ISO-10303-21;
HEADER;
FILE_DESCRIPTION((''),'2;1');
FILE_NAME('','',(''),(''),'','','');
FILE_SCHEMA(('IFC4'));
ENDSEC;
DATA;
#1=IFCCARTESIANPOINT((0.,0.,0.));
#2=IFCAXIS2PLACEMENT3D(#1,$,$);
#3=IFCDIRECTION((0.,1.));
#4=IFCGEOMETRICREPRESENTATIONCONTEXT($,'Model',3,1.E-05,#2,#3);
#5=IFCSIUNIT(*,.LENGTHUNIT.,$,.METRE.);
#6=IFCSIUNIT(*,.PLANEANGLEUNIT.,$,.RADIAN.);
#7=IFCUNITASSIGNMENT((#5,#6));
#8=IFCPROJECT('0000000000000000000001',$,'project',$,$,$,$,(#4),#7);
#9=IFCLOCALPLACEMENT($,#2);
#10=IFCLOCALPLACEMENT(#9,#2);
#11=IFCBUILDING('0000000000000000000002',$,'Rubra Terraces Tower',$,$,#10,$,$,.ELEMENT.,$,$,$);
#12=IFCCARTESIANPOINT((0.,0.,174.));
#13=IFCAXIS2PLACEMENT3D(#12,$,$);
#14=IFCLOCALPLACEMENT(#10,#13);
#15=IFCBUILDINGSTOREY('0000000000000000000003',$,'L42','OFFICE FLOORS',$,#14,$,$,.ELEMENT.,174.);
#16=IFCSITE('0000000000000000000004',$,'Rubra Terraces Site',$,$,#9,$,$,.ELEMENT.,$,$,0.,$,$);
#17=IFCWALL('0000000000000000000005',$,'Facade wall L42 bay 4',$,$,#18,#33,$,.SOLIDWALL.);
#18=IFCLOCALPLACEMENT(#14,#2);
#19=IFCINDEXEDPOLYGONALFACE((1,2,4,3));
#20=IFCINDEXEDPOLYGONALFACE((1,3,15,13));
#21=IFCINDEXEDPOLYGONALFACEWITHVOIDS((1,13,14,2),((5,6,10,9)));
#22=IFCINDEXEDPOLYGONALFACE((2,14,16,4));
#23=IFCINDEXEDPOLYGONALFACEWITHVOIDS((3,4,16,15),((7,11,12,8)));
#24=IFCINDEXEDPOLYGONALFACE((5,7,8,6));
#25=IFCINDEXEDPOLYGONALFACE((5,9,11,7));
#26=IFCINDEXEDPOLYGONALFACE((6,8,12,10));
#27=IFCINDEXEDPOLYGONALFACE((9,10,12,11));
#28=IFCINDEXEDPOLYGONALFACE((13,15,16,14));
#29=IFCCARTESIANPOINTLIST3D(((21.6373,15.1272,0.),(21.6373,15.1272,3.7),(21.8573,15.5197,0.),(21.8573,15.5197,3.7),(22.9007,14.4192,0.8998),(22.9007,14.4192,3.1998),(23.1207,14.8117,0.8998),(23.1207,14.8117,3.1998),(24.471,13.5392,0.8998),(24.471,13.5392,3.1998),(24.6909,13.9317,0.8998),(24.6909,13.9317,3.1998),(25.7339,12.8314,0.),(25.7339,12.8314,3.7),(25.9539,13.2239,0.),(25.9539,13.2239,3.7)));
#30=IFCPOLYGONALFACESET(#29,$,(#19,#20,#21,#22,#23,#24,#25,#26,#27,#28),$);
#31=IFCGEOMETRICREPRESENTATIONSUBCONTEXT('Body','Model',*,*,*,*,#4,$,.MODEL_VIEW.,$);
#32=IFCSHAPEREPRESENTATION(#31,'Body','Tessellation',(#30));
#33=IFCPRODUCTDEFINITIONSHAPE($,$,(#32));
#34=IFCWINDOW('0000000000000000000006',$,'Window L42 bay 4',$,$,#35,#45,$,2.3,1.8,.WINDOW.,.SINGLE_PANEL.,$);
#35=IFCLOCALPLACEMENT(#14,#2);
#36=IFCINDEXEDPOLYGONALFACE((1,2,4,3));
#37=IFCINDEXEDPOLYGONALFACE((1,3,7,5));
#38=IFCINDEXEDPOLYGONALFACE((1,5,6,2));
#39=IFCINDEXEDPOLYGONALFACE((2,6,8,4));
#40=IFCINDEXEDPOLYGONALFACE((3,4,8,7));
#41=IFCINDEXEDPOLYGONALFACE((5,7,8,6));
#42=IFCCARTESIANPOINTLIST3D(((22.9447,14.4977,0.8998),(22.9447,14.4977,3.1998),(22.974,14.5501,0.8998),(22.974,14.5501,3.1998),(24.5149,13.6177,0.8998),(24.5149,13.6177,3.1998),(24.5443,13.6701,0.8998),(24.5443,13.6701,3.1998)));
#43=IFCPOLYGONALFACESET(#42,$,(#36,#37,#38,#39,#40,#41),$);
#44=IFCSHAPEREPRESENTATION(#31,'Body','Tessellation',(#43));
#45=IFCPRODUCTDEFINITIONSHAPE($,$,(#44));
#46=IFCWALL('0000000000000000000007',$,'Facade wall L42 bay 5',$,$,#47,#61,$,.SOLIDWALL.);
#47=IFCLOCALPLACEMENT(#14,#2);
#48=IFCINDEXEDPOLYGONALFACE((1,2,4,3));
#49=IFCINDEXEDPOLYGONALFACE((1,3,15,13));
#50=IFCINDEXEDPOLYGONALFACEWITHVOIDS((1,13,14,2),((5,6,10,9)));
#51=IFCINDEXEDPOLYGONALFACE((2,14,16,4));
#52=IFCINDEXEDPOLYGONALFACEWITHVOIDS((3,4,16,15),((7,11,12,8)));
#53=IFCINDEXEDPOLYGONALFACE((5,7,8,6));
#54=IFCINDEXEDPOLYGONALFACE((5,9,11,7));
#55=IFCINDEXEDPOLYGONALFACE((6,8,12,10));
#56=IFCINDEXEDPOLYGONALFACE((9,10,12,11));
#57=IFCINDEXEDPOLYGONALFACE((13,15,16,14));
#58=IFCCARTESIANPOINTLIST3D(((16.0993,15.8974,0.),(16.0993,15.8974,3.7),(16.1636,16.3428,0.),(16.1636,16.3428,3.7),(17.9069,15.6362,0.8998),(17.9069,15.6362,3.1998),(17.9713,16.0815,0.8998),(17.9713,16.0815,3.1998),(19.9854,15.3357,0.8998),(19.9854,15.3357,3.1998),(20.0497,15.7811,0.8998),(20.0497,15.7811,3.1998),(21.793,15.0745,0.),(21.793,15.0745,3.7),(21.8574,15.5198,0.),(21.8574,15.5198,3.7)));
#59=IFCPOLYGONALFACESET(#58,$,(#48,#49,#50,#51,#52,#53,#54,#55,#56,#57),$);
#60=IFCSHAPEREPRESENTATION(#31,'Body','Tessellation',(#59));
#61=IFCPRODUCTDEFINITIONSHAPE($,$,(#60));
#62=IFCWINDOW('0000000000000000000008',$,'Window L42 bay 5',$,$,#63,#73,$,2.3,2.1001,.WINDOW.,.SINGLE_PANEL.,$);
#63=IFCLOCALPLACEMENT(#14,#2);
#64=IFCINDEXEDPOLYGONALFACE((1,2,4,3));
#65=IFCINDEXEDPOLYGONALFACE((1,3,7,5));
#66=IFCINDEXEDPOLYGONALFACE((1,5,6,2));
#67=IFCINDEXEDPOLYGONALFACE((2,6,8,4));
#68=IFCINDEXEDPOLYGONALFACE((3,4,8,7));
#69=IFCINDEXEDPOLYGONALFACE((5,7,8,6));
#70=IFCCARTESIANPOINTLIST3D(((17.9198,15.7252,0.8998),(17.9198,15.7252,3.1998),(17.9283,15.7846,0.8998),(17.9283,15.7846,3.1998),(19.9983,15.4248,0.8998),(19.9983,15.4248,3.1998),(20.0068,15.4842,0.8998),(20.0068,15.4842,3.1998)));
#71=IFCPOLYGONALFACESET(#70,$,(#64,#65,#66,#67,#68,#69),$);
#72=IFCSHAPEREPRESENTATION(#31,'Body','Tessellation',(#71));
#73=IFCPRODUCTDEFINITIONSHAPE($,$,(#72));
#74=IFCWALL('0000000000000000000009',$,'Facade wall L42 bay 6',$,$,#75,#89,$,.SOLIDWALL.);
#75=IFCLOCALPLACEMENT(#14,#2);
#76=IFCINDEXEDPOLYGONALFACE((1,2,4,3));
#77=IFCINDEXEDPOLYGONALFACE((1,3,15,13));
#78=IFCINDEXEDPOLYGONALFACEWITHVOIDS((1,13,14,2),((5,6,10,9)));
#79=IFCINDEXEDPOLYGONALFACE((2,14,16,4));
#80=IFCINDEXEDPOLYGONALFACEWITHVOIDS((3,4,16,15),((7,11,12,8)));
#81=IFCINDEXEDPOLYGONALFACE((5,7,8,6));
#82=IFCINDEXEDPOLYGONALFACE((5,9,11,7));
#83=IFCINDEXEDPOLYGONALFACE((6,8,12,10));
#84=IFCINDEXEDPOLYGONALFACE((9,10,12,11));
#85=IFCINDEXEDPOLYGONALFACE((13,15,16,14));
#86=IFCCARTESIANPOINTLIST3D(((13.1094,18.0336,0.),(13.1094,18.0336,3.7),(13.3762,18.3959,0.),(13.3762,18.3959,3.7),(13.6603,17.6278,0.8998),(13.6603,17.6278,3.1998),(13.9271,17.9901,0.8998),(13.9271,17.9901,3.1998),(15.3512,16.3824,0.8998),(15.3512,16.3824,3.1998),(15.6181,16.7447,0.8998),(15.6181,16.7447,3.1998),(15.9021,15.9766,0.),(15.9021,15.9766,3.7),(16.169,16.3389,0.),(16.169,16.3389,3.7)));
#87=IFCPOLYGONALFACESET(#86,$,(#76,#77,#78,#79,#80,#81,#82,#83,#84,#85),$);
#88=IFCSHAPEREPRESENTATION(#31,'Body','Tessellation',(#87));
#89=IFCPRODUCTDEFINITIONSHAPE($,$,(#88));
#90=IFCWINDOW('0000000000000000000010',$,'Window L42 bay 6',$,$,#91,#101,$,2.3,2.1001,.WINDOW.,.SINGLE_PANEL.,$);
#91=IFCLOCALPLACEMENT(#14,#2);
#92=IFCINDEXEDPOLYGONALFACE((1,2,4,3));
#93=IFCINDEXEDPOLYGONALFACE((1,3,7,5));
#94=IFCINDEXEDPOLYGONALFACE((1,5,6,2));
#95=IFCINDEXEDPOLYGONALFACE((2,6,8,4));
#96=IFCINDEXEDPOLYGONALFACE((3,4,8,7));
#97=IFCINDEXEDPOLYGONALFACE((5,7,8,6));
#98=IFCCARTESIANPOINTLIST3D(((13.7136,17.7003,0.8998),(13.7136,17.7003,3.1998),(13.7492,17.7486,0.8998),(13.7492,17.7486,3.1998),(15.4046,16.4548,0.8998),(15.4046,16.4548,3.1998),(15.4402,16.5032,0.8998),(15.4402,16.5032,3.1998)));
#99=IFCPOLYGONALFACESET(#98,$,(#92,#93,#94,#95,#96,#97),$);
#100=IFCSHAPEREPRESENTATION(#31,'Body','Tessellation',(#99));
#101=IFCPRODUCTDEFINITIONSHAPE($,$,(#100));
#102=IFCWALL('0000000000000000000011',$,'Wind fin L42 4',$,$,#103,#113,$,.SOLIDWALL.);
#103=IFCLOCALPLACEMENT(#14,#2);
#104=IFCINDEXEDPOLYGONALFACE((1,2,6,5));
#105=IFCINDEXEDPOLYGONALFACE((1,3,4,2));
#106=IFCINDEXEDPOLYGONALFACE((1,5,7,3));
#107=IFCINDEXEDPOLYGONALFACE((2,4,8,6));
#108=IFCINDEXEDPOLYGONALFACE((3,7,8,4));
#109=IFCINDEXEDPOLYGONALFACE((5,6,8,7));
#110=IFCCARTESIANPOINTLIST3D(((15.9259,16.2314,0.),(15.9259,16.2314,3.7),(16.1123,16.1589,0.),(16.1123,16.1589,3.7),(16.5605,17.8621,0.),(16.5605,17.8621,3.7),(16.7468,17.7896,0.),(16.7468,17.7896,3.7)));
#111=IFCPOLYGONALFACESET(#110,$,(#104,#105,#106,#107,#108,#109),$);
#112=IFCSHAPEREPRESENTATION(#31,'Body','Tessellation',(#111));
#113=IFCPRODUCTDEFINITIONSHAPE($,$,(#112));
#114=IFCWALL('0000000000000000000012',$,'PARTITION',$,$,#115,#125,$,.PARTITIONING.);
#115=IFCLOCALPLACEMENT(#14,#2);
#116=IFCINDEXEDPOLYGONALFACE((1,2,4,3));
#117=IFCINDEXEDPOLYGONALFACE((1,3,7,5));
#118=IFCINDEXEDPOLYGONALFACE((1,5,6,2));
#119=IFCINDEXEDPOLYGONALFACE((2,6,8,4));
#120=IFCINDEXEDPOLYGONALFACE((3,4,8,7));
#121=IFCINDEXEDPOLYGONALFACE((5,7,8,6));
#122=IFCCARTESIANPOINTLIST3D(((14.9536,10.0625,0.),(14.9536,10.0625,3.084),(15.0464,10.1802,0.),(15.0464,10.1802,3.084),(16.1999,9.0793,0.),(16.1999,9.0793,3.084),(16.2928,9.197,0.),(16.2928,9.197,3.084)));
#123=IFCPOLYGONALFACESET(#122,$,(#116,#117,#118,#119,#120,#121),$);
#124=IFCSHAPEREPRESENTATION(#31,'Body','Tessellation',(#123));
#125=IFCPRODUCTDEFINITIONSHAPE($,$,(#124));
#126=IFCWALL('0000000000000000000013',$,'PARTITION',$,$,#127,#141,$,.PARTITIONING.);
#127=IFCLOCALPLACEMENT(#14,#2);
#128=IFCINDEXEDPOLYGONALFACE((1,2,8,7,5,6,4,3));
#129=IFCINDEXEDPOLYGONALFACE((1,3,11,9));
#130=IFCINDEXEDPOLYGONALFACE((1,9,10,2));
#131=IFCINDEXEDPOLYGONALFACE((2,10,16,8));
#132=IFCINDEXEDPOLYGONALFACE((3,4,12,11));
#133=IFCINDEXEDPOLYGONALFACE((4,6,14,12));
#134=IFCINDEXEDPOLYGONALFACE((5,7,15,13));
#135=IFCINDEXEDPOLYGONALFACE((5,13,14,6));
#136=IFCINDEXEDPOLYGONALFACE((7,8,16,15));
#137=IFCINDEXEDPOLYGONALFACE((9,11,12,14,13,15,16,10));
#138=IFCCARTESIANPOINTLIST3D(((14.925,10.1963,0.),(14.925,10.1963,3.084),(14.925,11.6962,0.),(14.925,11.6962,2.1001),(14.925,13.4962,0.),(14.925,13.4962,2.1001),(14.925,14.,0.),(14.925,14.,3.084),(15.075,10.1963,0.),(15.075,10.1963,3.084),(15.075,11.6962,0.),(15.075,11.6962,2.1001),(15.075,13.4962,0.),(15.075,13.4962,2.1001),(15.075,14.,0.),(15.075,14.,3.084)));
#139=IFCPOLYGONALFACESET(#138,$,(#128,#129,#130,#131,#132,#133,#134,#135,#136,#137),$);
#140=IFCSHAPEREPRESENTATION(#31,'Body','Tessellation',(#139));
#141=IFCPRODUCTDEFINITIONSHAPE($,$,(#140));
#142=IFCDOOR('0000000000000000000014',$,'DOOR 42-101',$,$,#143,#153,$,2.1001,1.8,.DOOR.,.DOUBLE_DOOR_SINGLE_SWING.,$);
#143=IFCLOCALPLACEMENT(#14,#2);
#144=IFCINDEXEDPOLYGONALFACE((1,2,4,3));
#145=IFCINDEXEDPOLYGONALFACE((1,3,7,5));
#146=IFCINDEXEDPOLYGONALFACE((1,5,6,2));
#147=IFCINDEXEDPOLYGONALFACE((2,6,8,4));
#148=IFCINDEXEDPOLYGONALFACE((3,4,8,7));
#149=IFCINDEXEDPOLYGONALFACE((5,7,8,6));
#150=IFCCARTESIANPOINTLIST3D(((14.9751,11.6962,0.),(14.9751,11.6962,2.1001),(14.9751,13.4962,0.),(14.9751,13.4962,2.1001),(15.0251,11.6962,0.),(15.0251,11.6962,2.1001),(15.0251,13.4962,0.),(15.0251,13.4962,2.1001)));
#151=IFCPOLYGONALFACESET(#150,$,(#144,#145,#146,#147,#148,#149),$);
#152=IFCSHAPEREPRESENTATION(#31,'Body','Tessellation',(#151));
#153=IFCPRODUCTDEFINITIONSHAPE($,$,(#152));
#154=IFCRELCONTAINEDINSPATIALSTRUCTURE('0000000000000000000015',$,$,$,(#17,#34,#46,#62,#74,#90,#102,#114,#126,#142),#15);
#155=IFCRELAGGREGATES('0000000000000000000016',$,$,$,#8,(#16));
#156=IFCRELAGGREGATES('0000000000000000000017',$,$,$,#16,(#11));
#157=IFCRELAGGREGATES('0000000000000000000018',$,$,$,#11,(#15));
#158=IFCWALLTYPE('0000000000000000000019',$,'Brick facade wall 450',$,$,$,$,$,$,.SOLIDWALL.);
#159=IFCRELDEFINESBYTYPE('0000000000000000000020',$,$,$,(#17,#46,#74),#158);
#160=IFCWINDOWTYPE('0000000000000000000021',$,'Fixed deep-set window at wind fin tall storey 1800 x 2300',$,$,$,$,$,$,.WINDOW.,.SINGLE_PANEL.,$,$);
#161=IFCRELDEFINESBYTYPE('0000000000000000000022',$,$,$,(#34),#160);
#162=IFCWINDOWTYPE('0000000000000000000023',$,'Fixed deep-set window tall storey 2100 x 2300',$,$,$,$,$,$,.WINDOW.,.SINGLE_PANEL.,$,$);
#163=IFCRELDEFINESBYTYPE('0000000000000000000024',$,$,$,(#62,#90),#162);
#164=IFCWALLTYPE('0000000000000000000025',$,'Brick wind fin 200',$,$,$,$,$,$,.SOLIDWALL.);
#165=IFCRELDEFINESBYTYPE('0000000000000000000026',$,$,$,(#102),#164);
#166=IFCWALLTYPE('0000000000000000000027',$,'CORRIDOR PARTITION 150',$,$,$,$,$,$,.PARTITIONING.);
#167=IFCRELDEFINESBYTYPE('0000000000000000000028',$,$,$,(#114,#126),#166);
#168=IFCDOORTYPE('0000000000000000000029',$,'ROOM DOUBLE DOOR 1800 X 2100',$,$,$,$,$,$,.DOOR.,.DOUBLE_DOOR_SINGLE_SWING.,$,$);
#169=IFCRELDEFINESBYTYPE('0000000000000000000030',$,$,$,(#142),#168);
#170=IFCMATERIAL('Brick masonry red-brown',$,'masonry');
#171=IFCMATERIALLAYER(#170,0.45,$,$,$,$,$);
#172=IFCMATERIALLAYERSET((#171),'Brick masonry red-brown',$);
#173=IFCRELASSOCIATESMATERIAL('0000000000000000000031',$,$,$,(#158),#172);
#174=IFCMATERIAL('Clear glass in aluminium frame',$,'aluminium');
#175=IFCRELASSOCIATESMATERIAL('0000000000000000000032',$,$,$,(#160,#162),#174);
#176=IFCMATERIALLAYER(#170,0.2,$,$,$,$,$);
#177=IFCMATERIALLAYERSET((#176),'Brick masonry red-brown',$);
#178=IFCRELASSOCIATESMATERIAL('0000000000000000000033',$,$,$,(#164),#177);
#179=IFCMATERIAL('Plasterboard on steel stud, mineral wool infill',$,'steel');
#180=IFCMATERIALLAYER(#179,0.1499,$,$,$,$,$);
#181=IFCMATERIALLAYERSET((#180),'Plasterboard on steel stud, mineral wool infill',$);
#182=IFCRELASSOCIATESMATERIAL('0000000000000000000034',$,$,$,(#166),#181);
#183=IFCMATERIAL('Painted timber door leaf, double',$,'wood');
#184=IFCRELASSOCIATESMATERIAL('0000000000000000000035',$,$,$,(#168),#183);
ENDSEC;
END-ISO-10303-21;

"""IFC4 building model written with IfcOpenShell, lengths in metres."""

from ifc_helpers import new_model, si_unit, direction, frame, frame_2d, origin, place, context, subcontext, project, spatial, rectangle, extrude, material, layer, layer_set, type_object, element, fill, save


model = new_model("IFC4")

# Units and contexts
model_context = context("Model", 3, precision=1e-05, world=origin(), true_north=direction((0.0, 1.0)))
body_context = subcontext(model_context, "Body", "Model", "MODEL_VIEW")
ifc_project = project(units=[si_unit("LENGTHUNIT", "METRE"), si_unit("PLANEANGLEUNIT", "RADIAN")], contexts=[model_context])

# Site, building, storey
site_placement = place(None, origin())
site = spatial("IfcSite", under=ifc_project, at=site_placement, Name="Rubra Terraces Site", CompositionType="ELEMENT", RefElevation=0.0)
building_placement = place(site_placement, origin())
building = spatial("IfcBuilding", under=site, at=building_placement, Name="Rubra Terraces Tower", CompositionType="ELEMENT")
storey_placement = place(building_placement, frame((0.0, 0.0, 174.0)))
storey = spatial("IfcBuildingStorey", under=building, at=storey_placement, Name="L42", Description="OFFICE FLOORS", CompositionType="ELEMENT", Elevation=174.0)

# Walls, openings, windows
ifc_material_1 = material(Name="Brick masonry red-brown", Category="masonry")
ifc_layer_1 = layer(ifc_material_1, 0.45)
ifc_layer_set_1 = layer_set([ifc_layer_1], Name="Brick masonry red-brown")
wall_type_1 = type_object("IfcWallType", Name="Brick facade wall 450", PredefinedType="SOLIDWALL", material=ifc_layer_set_1)
wall_1_placement = place(storey_placement, frame((25.844, 13.0276, 0.0), z_axis=(0.0, 0.0, 1.0), x_axis=(-0.872346, 0.488888, 0.0)))
wall_1 = element("IfcWall", 1, at=wall_1_placement, inside=storey, type_object=wall_type_1, Name="Facade wall L42 bay 4", PredefinedType="SOLIDWALL", context=body_context, shape_type="SweptSolid", body=[
    extrude(rectangle(XDim=4.696, YDim=0.45, at=frame_2d((2.3481, 0.0))), origin(), (0.0, 0.0, 1.0), 3.7),
])
opening_1_placement = place(wall_1_placement, frame((1.448, 0.0, 0.8999)))
opening_1 = element("IfcOpeningElement", 2, at=opening_1_placement, cuts=wall_1, PredefinedType="OPENING", context=body_context, shape_type="SweptSolid", body=[
    extrude(rectangle(XDim=1.8, YDim=2.3, at=frame_2d((0.8999, 1.1499))), frame((0.0, 0.2349, 0.0), z_axis=(0.0, -1.0, 0.0), x_axis=(1.0, 0.0, 0.0)), (0.0, 0.0, 1.0), 0.47),
])
ifc_material_2 = material(Name="Clear glass in aluminium frame", Category="aluminium")
window_type_1 = type_object("IfcWindowType", Name="Fixed deep-set window at wind fin tall storey 1800 x 2300", PartitioningType="SINGLE_PANEL", PredefinedType="WINDOW", material=ifc_material_2)
window_1_placement = place(opening_1_placement, origin())
window_1 = element("IfcWindow", 3, at=window_1_placement, inside=storey, type_object=window_type_1, Name="Window L42 bay 4", OverallHeight=2.3, OverallWidth=1.8, PartitioningType="SINGLE_PANEL", PredefinedType="WINDOW", context=body_context, shape_type="SweptSolid", body=[
    extrude(rectangle(XDim=1.8, YDim=2.3, at=frame_2d((0.8999, 1.1499))), frame((0.0, 0.135, 0.0), z_axis=(0.0, -1.0, 0.0), x_axis=(1.0, 0.0, 0.0)), (0.0, 0.0, 1.0), 0.0601),
])
fill(opening_1, window_1)
wall_2_placement = place(storey_placement, frame((21.8252, 15.2971, 0.0), z_axis=(0.0, 0.0, 1.0), x_axis=(-0.989715, 0.143055, 0.0)))
wall_2 = element("IfcWall", 4, at=wall_2_placement, inside=storey, type_object=wall_type_1, Name="Facade wall L42 bay 5", PredefinedType="SOLIDWALL", context=body_context, shape_type="SweptSolid", body=[
    extrude(rectangle(XDim=5.7529, YDim=0.45, at=frame_2d((2.8765, 0.0))), origin(), (0.0, 0.0, 1.0), 3.7),
])
opening_2_placement = place(wall_2_placement, frame((1.8264, 0.0, 0.8999)))
opening_2 = element("IfcOpeningElement", 5, at=opening_2_placement, cuts=wall_2, PredefinedType="OPENING", context=body_context, shape_type="SweptSolid", body=[
    extrude(rectangle(XDim=2.1001, YDim=2.3, at=frame_2d((1.05, 1.1499))), frame((0.0, 0.2349, 0.0), z_axis=(0.0, -1.0, 0.0), x_axis=(1.0, 0.0, 0.0)), (0.0, 0.0, 1.0), 0.47),
])
window_type_2 = type_object("IfcWindowType", Name="Fixed deep-set window tall storey 2100 x 2300", PartitioningType="SINGLE_PANEL", PredefinedType="WINDOW", material=ifc_material_2)
window_2_placement = place(opening_2_placement, origin())
window_2 = element("IfcWindow", 6, at=window_2_placement, inside=storey, type_object=window_type_2, Name="Window L42 bay 5", OverallHeight=2.3, OverallWidth=2.1001, PartitioningType="SINGLE_PANEL", PredefinedType="WINDOW", context=body_context, shape_type="SweptSolid", body=[
    extrude(rectangle(XDim=2.1001, YDim=2.3, at=frame_2d((1.05, 1.1499))), frame((0.0, 0.135, 0.0), z_axis=(0.0, -1.0, 0.0), x_axis=(1.0, 0.0, 0.0)), (0.0, 0.0, 1.0), 0.0601),
])
fill(opening_2, window_2)
wall_3_placement = place(storey_placement, frame((16.0356, 16.1577, 0.0), z_axis=(0.0, 0.0, 1.0), x_axis=(-0.805181, 0.593029, 0.0)))
wall_3 = element("IfcWall", 7, at=wall_3_placement, inside=storey, type_object=wall_type_1, Name="Facade wall L42 bay 6", PredefinedType="SOLIDWALL", context=body_context, shape_type="SweptSolid", body=[
    extrude(rectangle(XDim=3.4685, YDim=0.45, at=frame_2d((1.7344, 0.0))), origin(), (0.0, 0.0, 1.0), 3.7),
])
opening_3_placement = place(wall_3_placement, frame((0.6843, 0.0, 0.8999)))
opening_3 = element("IfcOpeningElement", 8, at=opening_3_placement, cuts=wall_3, PredefinedType="OPENING", context=body_context, shape_type="SweptSolid", body=[
    extrude(rectangle(XDim=2.1001, YDim=2.3, at=frame_2d((1.05, 1.1499))), frame((0.0, 0.2349, 0.0), z_axis=(0.0, -1.0, 0.0), x_axis=(1.0, 0.0, 0.0)), (0.0, 0.0, 1.0), 0.47),
])
window_3_placement = place(opening_3_placement, origin())
window_3 = element("IfcWindow", 9, at=window_3_placement, inside=storey, type_object=window_type_2, Name="Window L42 bay 6", OverallHeight=2.3, OverallWidth=2.1001, PartitioningType="SINGLE_PANEL", PredefinedType="WINDOW", context=body_context, shape_type="SweptSolid", body=[
    extrude(rectangle(XDim=2.1001, YDim=2.3, at=frame_2d((1.05, 1.1499))), frame((0.0, 0.135, 0.0), z_axis=(0.0, -1.0, 0.0), x_axis=(1.0, 0.0, 0.0)), (0.0, 0.0, 1.0), 0.0601),
])
fill(opening_3, window_3)

# Walls
ifc_layer_2 = layer(ifc_material_1, 0.2)
ifc_layer_set_2 = layer_set([ifc_layer_2], Name="Brick masonry red-brown")
wall_type_2 = type_object("IfcWallType", Name="Brick wind fin 200", PredefinedType="SOLIDWALL", material=ifc_layer_set_2)
wall_4_placement = place(storey_placement, frame((16.019, 16.1951, 0.0), z_axis=(0.0, 0.0, 1.0), x_axis=(0.362642, 0.931929, 0.0)))
element("IfcWall", 10, at=wall_4_placement, inside=storey, type_object=wall_type_2, Name="Wind fin L42 4", PredefinedType="SOLIDWALL", context=body_context, shape_type="SweptSolid", body=[
    extrude(rectangle(XDim=1.7498, YDim=0.2, at=frame_2d((0.875, 0.0))), origin(), (0.0, 0.0, 1.0), 3.7),
])
ifc_material_3 = material(Name="Plasterboard on steel stud, mineral wool infill", Category="steel")
ifc_layer_3 = layer(ifc_material_3, 0.1499)
ifc_layer_set_3 = layer_set([ifc_layer_3], Name="Plasterboard on steel stud, mineral wool infill")
wall_type_3 = type_object("IfcWallType", Name="CORRIDOR PARTITION 150", PredefinedType="PARTITIONING", material=ifc_layer_set_3)
wall_5_placement = place(storey_placement, frame((16.2463, 9.1382, 0.0), z_axis=(0.0, 0.0, 1.0), x_axis=(-0.785127, 0.619335, 0.0)))
element("IfcWall", 11, at=wall_5_placement, inside=storey, type_object=wall_type_3, Name="PARTITION", PredefinedType="PARTITIONING", context=body_context, shape_type="SweptSolid", body=[
    extrude(rectangle(XDim=1.5874, YDim=0.1499, at=frame_2d((0.7937, 0.0))), origin(), (0.0, 0.0, 1.0), 3.084),
])

# Wall, opening, door
wall_6_placement = place(storey_placement, frame((15.0, 10.1963, 0.0), z_axis=(0.0, 0.0, 1.0), x_axis=(0.0, 1.0, 0.0)))
wall_6 = element("IfcWall", 12, at=wall_6_placement, inside=storey, type_object=wall_type_3, Name="PARTITION", PredefinedType="PARTITIONING", context=body_context, shape_type="SweptSolid", body=[
    extrude(rectangle(XDim=3.8037, YDim=0.1499, at=frame_2d((1.9019, 0.0))), origin(), (0.0, 0.0, 1.0), 3.084),
])
opening_4_placement = place(wall_6_placement, frame((1.5, 0.0, 0.0)))
opening_4 = element("IfcOpeningElement", 13, at=opening_4_placement, cuts=wall_6, PredefinedType="OPENING", context=body_context, shape_type="SweptSolid", body=[
    extrude(rectangle(XDim=1.8, YDim=2.1001, at=frame_2d((0.8999, 1.05))), frame((0.0, 0.085, 0.0), z_axis=(0.0, -1.0, 0.0), x_axis=(1.0, 0.0, 0.0)), (0.0, 0.0, 1.0), 0.1699),
])
ifc_material_4 = material(Name="Painted timber door leaf, double", Category="wood")
door_type_1 = type_object("IfcDoorType", Name="ROOM DOUBLE DOOR 1800 X 2100", OperationType="DOUBLE_DOOR_SINGLE_SWING", PredefinedType="DOOR", material=ifc_material_4)
door_1_placement = place(opening_4_placement, origin())
door_1 = element("IfcDoor", 14, at=door_1_placement, inside=storey, type_object=door_type_1, Name="DOOR 42-101", OperationType="DOUBLE_DOOR_SINGLE_SWING", OverallHeight=2.1001, OverallWidth=1.8, PredefinedType="DOOR", context=body_context, shape_type="SweptSolid", body=[
    extrude(rectangle(XDim=1.8, YDim=2.1001, at=frame_2d((0.8999, 1.05))), frame((0.0, 0.0249, 0.0), z_axis=(0.0, -1.0, 0.0), x_axis=(1.0, 0.0, 0.0)), (0.0, 0.0, 1.0), 0.05),
])
fill(opening_4, door_1)

save(model, "model.ifc")
